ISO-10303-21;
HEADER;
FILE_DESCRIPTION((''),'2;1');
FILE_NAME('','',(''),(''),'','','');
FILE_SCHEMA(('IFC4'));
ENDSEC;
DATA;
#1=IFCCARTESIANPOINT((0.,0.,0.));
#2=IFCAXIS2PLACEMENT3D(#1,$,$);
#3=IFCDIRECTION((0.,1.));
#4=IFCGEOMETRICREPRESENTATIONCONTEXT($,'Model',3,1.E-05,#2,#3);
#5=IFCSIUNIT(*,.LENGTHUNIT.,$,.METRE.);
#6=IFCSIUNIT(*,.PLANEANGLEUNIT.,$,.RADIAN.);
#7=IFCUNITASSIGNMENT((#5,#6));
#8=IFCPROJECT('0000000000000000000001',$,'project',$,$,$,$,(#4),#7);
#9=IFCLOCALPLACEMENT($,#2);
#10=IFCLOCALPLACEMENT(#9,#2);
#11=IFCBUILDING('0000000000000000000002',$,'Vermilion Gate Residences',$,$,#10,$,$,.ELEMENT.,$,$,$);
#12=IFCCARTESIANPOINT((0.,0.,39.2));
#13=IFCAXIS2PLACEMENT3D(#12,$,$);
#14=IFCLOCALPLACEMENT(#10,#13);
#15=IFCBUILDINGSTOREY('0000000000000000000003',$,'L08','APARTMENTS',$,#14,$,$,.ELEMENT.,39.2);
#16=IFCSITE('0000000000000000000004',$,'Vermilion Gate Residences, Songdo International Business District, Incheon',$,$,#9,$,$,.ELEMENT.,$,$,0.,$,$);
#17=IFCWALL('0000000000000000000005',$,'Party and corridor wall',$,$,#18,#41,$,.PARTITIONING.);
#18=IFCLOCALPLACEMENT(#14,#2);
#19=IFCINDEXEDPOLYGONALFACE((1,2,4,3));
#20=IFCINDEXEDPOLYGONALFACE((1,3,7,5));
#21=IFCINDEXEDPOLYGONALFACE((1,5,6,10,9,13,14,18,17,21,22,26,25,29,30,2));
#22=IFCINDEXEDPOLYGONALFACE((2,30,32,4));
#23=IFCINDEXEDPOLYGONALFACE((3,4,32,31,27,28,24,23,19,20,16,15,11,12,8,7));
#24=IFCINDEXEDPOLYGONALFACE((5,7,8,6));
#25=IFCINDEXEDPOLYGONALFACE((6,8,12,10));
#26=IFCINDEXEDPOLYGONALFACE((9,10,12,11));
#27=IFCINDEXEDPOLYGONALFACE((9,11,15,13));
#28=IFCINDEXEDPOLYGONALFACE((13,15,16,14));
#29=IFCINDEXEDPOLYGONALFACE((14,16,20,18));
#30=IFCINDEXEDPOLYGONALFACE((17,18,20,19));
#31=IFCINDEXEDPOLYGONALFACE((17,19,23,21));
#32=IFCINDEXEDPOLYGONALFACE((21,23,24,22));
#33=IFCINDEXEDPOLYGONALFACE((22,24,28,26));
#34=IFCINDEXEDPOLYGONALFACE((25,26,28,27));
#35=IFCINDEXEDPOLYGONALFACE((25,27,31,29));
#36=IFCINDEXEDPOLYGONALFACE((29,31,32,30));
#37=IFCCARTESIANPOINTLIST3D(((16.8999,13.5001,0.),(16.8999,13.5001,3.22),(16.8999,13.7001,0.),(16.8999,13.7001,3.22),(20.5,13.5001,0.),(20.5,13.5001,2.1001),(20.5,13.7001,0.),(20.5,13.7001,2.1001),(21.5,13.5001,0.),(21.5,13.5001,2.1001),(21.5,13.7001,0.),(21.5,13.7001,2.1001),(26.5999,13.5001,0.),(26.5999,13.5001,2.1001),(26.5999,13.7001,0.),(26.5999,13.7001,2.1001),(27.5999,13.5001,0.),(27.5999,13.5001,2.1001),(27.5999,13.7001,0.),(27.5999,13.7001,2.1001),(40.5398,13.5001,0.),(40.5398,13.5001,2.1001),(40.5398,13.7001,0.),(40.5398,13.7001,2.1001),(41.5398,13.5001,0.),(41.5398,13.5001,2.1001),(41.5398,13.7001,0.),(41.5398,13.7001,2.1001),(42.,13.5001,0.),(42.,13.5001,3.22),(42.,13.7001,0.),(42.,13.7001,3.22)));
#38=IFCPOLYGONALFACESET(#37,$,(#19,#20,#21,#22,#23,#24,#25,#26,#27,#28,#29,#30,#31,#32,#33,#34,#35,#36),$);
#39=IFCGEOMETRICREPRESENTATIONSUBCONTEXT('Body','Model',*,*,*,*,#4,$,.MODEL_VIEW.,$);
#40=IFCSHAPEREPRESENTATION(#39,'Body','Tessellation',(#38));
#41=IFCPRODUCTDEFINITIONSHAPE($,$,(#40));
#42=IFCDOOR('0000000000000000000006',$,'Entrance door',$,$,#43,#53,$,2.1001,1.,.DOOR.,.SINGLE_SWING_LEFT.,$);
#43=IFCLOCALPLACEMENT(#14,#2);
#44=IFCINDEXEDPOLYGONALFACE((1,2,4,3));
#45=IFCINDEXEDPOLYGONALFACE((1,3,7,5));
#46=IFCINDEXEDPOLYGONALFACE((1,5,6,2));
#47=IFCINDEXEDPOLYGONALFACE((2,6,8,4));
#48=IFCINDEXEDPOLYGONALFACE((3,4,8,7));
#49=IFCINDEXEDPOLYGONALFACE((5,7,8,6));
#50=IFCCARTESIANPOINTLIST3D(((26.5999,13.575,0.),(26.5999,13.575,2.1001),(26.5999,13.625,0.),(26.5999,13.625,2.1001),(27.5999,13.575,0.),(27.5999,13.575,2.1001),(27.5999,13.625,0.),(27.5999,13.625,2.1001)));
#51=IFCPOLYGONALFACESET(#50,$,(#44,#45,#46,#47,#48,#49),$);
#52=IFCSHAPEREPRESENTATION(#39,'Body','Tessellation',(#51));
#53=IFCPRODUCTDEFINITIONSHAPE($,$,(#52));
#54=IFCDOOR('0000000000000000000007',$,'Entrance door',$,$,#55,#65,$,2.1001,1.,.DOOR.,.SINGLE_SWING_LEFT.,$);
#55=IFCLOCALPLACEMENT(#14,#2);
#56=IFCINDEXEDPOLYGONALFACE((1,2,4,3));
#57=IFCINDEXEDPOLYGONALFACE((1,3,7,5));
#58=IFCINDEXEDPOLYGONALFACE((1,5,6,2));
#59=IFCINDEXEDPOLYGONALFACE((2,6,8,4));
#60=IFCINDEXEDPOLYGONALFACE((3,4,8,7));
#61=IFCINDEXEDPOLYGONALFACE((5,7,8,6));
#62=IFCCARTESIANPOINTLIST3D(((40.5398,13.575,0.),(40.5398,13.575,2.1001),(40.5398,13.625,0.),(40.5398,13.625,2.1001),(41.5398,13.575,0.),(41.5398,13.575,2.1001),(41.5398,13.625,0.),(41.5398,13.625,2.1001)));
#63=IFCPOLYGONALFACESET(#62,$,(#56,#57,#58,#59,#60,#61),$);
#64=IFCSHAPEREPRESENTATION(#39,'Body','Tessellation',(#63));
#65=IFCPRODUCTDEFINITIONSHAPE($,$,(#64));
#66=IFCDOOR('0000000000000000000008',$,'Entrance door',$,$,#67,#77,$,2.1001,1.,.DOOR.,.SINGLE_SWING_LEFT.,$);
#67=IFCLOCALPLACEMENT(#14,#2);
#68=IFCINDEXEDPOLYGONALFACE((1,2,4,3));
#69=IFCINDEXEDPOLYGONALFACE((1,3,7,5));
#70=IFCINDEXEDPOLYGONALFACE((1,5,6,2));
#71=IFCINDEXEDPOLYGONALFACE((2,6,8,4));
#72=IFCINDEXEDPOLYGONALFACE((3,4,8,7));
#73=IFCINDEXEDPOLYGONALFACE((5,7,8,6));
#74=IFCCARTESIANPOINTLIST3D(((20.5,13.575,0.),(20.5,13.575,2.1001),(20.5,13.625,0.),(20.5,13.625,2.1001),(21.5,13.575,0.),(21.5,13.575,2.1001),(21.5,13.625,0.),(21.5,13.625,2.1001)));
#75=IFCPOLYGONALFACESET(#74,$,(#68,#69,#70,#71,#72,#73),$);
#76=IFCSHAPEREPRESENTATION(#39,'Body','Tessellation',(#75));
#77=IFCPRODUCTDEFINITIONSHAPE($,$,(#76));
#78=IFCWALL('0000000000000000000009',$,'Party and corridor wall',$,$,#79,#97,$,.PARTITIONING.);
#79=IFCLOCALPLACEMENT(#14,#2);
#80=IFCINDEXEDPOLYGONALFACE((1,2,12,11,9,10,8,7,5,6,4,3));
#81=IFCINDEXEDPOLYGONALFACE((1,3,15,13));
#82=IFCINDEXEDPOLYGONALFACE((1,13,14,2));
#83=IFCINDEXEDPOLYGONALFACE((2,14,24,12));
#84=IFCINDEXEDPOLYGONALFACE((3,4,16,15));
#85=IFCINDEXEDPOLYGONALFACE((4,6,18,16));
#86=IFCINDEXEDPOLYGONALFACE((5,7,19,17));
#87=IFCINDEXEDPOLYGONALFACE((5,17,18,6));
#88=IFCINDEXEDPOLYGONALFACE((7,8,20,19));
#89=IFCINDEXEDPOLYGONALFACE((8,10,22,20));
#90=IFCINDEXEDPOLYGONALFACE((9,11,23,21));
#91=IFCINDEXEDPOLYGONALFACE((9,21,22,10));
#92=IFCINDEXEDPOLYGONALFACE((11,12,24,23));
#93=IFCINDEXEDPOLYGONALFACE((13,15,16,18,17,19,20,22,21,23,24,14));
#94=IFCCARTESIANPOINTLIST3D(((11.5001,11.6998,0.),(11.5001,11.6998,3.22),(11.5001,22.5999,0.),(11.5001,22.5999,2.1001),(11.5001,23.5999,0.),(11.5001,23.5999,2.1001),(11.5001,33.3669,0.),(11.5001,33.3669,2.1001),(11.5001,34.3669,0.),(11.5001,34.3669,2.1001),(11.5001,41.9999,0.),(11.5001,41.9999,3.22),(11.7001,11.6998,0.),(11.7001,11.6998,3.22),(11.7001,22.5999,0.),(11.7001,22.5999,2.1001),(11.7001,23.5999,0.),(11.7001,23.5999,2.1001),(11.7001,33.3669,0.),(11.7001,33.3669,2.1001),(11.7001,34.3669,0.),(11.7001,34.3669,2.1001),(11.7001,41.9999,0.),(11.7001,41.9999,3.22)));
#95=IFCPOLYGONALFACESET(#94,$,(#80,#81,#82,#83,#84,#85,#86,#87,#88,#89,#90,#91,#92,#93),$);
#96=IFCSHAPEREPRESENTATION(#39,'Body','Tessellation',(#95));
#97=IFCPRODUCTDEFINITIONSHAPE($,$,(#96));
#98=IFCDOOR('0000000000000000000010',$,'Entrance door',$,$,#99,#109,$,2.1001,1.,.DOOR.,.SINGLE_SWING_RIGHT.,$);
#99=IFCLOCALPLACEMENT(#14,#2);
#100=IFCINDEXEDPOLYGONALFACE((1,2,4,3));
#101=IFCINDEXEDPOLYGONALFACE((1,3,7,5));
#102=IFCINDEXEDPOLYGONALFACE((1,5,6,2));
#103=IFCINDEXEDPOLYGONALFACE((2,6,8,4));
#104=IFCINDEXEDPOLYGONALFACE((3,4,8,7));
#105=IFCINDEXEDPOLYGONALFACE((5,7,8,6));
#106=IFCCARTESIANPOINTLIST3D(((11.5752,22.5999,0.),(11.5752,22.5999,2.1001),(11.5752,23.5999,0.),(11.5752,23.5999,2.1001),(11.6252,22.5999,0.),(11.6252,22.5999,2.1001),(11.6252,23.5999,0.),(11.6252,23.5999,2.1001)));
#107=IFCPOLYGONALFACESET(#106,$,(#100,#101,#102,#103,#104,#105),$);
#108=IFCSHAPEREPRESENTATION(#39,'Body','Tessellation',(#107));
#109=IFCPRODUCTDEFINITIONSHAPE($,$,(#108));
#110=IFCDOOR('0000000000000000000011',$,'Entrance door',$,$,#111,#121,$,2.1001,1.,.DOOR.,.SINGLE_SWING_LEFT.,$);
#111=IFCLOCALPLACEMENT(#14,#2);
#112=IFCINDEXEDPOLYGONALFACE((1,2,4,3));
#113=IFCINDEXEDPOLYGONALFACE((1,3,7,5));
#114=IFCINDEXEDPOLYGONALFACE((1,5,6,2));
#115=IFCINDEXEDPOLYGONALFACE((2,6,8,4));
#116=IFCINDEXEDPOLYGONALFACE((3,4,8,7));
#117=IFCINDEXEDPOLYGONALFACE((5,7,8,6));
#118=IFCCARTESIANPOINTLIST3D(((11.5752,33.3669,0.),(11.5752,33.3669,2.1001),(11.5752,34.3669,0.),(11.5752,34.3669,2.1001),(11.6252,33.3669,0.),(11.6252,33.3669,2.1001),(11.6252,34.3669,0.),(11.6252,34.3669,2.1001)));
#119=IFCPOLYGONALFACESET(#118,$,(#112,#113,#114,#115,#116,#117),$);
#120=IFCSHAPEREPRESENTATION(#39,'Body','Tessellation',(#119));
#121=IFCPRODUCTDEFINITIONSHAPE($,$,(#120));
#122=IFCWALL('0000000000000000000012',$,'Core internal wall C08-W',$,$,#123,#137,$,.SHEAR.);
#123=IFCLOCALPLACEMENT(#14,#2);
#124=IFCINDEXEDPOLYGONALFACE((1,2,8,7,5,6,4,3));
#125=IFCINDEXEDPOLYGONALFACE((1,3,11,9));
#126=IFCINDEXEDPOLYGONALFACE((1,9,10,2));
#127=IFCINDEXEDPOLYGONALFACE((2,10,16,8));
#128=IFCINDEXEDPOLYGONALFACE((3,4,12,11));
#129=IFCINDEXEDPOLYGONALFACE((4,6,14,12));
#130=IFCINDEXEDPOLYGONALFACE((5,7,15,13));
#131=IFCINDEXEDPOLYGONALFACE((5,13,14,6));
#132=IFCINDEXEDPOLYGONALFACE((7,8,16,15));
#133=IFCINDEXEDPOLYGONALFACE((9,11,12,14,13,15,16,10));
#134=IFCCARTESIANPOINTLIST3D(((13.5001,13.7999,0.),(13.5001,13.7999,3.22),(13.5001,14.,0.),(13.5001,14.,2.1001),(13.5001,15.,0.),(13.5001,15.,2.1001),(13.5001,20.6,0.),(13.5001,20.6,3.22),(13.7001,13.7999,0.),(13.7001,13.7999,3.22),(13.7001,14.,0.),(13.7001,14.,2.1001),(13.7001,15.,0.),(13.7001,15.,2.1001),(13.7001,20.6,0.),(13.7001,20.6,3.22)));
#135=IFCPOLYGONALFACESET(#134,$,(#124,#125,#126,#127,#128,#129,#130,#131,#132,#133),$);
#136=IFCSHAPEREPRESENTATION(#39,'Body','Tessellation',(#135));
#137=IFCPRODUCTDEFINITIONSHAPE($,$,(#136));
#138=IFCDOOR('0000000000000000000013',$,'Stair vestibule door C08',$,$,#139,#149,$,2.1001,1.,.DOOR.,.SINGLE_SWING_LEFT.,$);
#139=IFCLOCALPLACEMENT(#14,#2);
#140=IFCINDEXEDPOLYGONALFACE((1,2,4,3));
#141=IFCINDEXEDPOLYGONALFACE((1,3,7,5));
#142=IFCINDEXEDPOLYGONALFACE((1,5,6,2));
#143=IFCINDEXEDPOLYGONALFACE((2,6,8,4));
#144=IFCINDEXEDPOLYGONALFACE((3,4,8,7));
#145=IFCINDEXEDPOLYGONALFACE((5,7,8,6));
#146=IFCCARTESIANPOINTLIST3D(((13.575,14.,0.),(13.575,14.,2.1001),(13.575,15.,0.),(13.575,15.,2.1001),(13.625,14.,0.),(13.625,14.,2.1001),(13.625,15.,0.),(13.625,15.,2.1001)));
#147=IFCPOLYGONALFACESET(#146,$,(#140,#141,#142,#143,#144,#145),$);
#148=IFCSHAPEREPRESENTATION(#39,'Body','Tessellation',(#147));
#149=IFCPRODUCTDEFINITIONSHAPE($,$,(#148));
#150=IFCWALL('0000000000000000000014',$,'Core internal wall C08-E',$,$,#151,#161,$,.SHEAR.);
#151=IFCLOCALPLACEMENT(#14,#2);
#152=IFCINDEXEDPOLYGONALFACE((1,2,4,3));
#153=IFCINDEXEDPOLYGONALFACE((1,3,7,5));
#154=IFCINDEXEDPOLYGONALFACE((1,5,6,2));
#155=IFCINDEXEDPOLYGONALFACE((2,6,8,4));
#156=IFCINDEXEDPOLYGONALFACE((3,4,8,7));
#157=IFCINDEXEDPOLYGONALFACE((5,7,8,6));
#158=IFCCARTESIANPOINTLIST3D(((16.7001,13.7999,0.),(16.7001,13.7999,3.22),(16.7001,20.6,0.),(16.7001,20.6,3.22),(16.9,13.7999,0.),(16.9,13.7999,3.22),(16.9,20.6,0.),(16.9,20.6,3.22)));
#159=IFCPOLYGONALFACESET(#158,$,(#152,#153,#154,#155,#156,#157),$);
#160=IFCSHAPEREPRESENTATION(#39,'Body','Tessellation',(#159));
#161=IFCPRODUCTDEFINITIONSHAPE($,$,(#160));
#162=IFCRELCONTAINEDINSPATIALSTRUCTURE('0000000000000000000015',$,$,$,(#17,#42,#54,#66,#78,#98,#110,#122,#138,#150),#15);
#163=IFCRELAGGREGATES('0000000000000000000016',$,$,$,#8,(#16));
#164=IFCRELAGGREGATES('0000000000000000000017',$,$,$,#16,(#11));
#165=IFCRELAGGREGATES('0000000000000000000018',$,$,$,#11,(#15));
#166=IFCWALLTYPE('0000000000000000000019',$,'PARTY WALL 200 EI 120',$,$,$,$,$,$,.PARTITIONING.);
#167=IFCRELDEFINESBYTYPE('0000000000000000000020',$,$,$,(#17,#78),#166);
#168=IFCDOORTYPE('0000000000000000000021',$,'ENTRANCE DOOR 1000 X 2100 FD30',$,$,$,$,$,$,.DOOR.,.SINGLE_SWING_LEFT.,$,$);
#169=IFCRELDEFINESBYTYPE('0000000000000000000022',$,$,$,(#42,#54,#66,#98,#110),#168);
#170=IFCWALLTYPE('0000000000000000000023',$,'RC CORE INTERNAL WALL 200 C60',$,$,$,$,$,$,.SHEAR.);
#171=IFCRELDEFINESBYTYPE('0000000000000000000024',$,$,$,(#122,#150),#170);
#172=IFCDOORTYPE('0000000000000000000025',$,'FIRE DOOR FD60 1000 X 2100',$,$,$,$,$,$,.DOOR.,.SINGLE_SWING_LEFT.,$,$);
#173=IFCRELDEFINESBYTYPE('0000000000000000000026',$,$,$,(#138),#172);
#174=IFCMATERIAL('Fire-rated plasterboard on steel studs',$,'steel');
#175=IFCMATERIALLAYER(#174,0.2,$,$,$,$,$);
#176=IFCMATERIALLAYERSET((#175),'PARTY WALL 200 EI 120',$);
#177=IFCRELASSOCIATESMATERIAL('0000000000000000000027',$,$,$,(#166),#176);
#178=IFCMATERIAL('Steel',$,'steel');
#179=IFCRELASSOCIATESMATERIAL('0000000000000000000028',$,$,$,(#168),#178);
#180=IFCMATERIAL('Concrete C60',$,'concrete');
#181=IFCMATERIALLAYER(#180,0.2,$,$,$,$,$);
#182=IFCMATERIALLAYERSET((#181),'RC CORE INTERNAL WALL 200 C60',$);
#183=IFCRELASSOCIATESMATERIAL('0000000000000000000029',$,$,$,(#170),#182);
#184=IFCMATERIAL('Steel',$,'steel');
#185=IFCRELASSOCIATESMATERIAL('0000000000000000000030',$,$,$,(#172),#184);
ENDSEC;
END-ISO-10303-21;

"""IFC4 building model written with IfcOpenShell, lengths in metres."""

from ifc_helpers import new_model, si_unit, direction, frame, frame_2d, origin, place, context, subcontext, project, spatial, rectangle, extrude, material, layer, layer_set, type_object, element, fill, save


model = new_model("IFC4")

# Units and contexts
model_context = context("Model", 3, precision=1e-05, world=origin(), true_north=direction((0.0, 1.0)))
body_context = subcontext(model_context, "Body", "Model", "MODEL_VIEW")
ifc_project = project(units=[si_unit("LENGTHUNIT", "METRE"), si_unit("PLANEANGLEUNIT", "RADIAN")], contexts=[model_context])

# Site, building, storey
site_placement = place(None, origin())
site = spatial("IfcSite", under=ifc_project, at=site_placement, Name="Vermilion Gate Residences, Songdo International Business District, Incheon", CompositionType="ELEMENT", RefElevation=0.0)
building_placement = place(site_placement, origin())
building = spatial("IfcBuilding", under=site, at=building_placement, Name="Vermilion Gate Residences", CompositionType="ELEMENT")
storey_placement = place(building_placement, frame((0.0, 0.0, 39.2)))
storey = spatial("IfcBuildingStorey", under=building, at=storey_placement, Name="L08", Description="APARTMENTS", CompositionType="ELEMENT", Elevation=39.2)

# Walls, openings, doors
ifc_material_1 = material(Name="Fire-rated plasterboard on steel studs", Category="steel")
ifc_layer_1 = layer(ifc_material_1, 0.2)
ifc_layer_set_1 = layer_set([ifc_layer_1], Name="PARTY WALL 200 EI 120")
wall_type_1 = type_object("IfcWallType", Name="PARTY WALL 200 EI 120", PredefinedType="PARTITIONING", material=ifc_layer_set_1)
wall_1_placement = place(storey_placement, frame((16.8999, 13.6001, 0.0), z_axis=(0.0, 0.0, 1.0), x_axis=(1.0, 0.0, 0.0)))
wall_1 = element("IfcWall", 1, at=wall_1_placement, inside=storey, type_object=wall_type_1, Name="Party and corridor wall", PredefinedType="PARTITIONING", context=body_context, shape_type="SweptSolid", body=[
    extrude(rectangle(XDim=25.1001, YDim=0.2, at=frame_2d((12.55, 0.0))), origin(), (0.0, 0.0, 1.0), 3.22),
])
opening_1_placement = place(wall_1_placement, frame((9.7, 0.0, 0.0)))
opening_1 = element("IfcOpeningElement", 2, at=opening_1_placement, cuts=wall_1, PredefinedType="OPENING", context=body_context, shape_type="SweptSolid", body=[
    extrude(rectangle(XDim=1.0, YDim=2.1001, at=frame_2d((0.5, 1.05))), frame((0.0, 0.1099, 0.0), z_axis=(0.0, -1.0, 0.0), x_axis=(1.0, 0.0, 0.0)), (0.0, 0.0, 1.0), 0.22),
])
opening_2_placement = place(wall_1_placement, frame((23.6399, 0.0, 0.0)))
opening_2 = element("IfcOpeningElement", 3, at=opening_2_placement, cuts=wall_1, PredefinedType="OPENING", context=body_context, shape_type="SweptSolid", body=[
    extrude(rectangle(XDim=1.0, YDim=2.1001, at=frame_2d((0.5, 1.05))), frame((0.0, 0.1099, 0.0), z_axis=(0.0, -1.0, 0.0), x_axis=(1.0, 0.0, 0.0)), (0.0, 0.0, 1.0), 0.22),
])
opening_3_placement = place(wall_1_placement, frame((3.6001, 0.0, 0.0)))
opening_3 = element("IfcOpeningElement", 4, at=opening_3_placement, cuts=wall_1, PredefinedType="OPENING", context=body_context, shape_type="SweptSolid", body=[
    extrude(rectangle(XDim=1.0, YDim=2.1001, at=frame_2d((0.5, 1.05))), frame((0.0, 0.1099, 0.0), z_axis=(0.0, -1.0, 0.0), x_axis=(1.0, 0.0, 0.0)), (0.0, 0.0, 1.0), 0.22),
])
ifc_material_2 = material(Name="Steel", Category="steel")
door_type_1 = type_object("IfcDoorType", Name="ENTRANCE DOOR 1000 X 2100 FD30", OperationType="SINGLE_SWING_LEFT", PredefinedType="DOOR", material=ifc_material_2)
door_1_placement = place(opening_1_placement, origin())
door_1 = element("IfcDoor", 5, at=door_1_placement, inside=storey, type_object=door_type_1, Name="Entrance door", OperationType="SINGLE_SWING_LEFT", OverallHeight=2.1001, OverallWidth=1.0, PredefinedType="DOOR", context=body_context, shape_type="SweptSolid", body=[
    extrude(rectangle(XDim=1.0, YDim=2.1001, at=frame_2d((0.5, 1.05))), frame((0.0, 0.0249, 0.0), z_axis=(0.0, -1.0, 0.0), x_axis=(1.0, 0.0, 0.0)), (0.0, 0.0, 1.0), 0.05),
])
fill(opening_1, door_1)
door_2_placement = place(opening_2_placement, origin())
door_2 = element("IfcDoor", 6, at=door_2_placement, inside=storey, type_object=door_type_1, Name="Entrance door", OperationType="SINGLE_SWING_LEFT", OverallHeight=2.1001, OverallWidth=1.0, PredefinedType="DOOR", context=body_context, shape_type="SweptSolid", body=[
    extrude(rectangle(XDim=1.0, YDim=2.1001, at=frame_2d((0.5, 1.05))), frame((0.0, 0.0249, 0.0), z_axis=(0.0, -1.0, 0.0), x_axis=(1.0, 0.0, 0.0)), (0.0, 0.0, 1.0), 0.05),
])
fill(opening_2, door_2)
door_3_placement = place(opening_3_placement, origin())
door_3 = element("IfcDoor", 7, at=door_3_placement, inside=storey, type_object=door_type_1, Name="Entrance door", OperationType="SINGLE_SWING_LEFT", OverallHeight=2.1001, OverallWidth=1.0, PredefinedType="DOOR", context=body_context, shape_type="SweptSolid", body=[
    extrude(rectangle(XDim=1.0, YDim=2.1001, at=frame_2d((0.5, 1.05))), frame((0.0, 0.0249, 0.0), z_axis=(0.0, -1.0, 0.0), x_axis=(1.0, 0.0, 0.0)), (0.0, 0.0, 1.0), 0.05),
])
fill(opening_3, door_3)
wall_2_placement = place(storey_placement, frame((11.6001, 11.7, 0.0), z_axis=(0.0, 0.0, 1.0), x_axis=(0.0, 1.0, 0.0)))
wall_2 = element("IfcWall", 8, at=wall_2_placement, inside=storey, type_object=wall_type_1, Name="Party and corridor wall", PredefinedType="PARTITIONING", context=body_context, shape_type="SweptSolid", body=[
    extrude(rectangle(XDim=30.3, YDim=0.2, at=frame_2d((15.1499, 0.0))), origin(), (0.0, 0.0, 1.0), 3.22),
])
opening_4_placement = place(wall_2_placement, frame((10.8999, 0.0, 0.0)))
opening_4 = element("IfcOpeningElement", 9, at=opening_4_placement, cuts=wall_2, PredefinedType="OPENING", context=body_context, shape_type="SweptSolid", body=[
    extrude(rectangle(XDim=1.0, YDim=2.1001, at=frame_2d((0.5, 1.05))), frame((0.0, 0.1099, 0.0), z_axis=(0.0, -1.0, 0.0), x_axis=(1.0, 0.0, 0.0)), (0.0, 0.0, 1.0), 0.22),
])
opening_5_placement = place(wall_2_placement, frame((21.667, 0.0, 0.0)))
opening_5 = element("IfcOpeningElement", 10, at=opening_5_placement, cuts=wall_2, PredefinedType="OPENING", context=body_context, shape_type="SweptSolid", body=[
    extrude(rectangle(XDim=1.0, YDim=2.1001, at=frame_2d((0.5, 1.05))), frame((0.0, 0.1099, 0.0), z_axis=(0.0, -1.0, 0.0), x_axis=(1.0, 0.0, 0.0)), (0.0, 0.0, 1.0), 0.22),
])
door_4_placement = place(opening_4_placement, origin())
door_4 = element("IfcDoor", 11, at=door_4_placement, inside=storey, type_object=door_type_1, Name="Entrance door", OperationType="SINGLE_SWING_RIGHT", OverallHeight=2.1001, OverallWidth=1.0, PredefinedType="DOOR", context=body_context, shape_type="SweptSolid", body=[
    extrude(rectangle(XDim=1.0, YDim=2.1001, at=frame_2d((0.5, 1.05))), frame((0.0, 0.0249, 0.0), z_axis=(0.0, -1.0, 0.0), x_axis=(1.0, 0.0, 0.0)), (0.0, 0.0, 1.0), 0.05),
])
fill(opening_4, door_4)
door_5_placement = place(opening_5_placement, origin())
door_5 = element("IfcDoor", 12, at=door_5_placement, inside=storey, type_object=door_type_1, Name="Entrance door", OperationType="SINGLE_SWING_LEFT", OverallHeight=2.1001, OverallWidth=1.0, PredefinedType="DOOR", context=body_context, shape_type="SweptSolid", body=[
    extrude(rectangle(XDim=1.0, YDim=2.1001, at=frame_2d((0.5, 1.05))), frame((0.0, 0.0249, 0.0), z_axis=(0.0, -1.0, 0.0), x_axis=(1.0, 0.0, 0.0)), (0.0, 0.0, 1.0), 0.05),
])
fill(opening_5, door_5)

# Wall, opening, door
ifc_material_3 = material(Name="Concrete C60", Category="concrete")
ifc_layer_2 = layer(ifc_material_3, 0.2)
ifc_layer_set_2 = layer_set([ifc_layer_2], Name="RC CORE INTERNAL WALL 200 C60")
wall_type_2 = type_object("IfcWallType", Name="RC CORE INTERNAL WALL 200 C60", PredefinedType="SHEAR", material=ifc_layer_set_2)
wall_3_placement = place(storey_placement, frame((13.6001, 13.8, 0.0), z_axis=(0.0, 0.0, 1.0), x_axis=(0.0, 1.0, 0.0)))
wall_3 = element("IfcWall", 13, at=wall_3_placement, inside=storey, type_object=wall_type_2, Name="Core internal wall C08-W", PredefinedType="SHEAR", context=body_context, shape_type="SweptSolid", body=[
    extrude(rectangle(XDim=6.8, YDim=0.2, at=frame_2d((3.3999, 0.0))), origin(), (0.0, 0.0, 1.0), 3.22),
])
opening_6_placement = place(wall_3_placement, frame((0.2, 0.0, 0.0)))
opening_6 = element("IfcOpeningElement", 14, at=opening_6_placement, cuts=wall_3, PredefinedType="OPENING", context=body_context, shape_type="SweptSolid", body=[
    extrude(rectangle(XDim=1.0, YDim=2.1001, at=frame_2d((0.5, 1.05))), frame((0.0, 0.1099, 0.0), z_axis=(0.0, -1.0, 0.0), x_axis=(1.0, 0.0, 0.0)), (0.0, 0.0, 1.0), 0.22),
])
ifc_material_4 = material(Name="Steel", Category="steel")
door_type_2 = type_object("IfcDoorType", Name="FIRE DOOR FD60 1000 X 2100", OperationType="SINGLE_SWING_LEFT", PredefinedType="DOOR", material=ifc_material_4)
door_6_placement = place(opening_6_placement, frame((1.0, 0.0, 0.0), z_axis=(0.0, 0.0, 1.0), x_axis=(-1.0, 0.0, 0.0)))
door_6 = element("IfcDoor", 15, at=door_6_placement, inside=storey, type_object=door_type_2, Name="Stair vestibule door C08", OperationType="SINGLE_SWING_LEFT", OverallHeight=2.1001, OverallWidth=1.0, PredefinedType="DOOR", context=body_context, shape_type="SweptSolid", body=[
    extrude(rectangle(XDim=1.0, YDim=2.1001, at=frame_2d((0.5, 1.05))), frame((0.0, 0.0249, 0.0), z_axis=(0.0, -1.0, 0.0), x_axis=(1.0, 0.0, 0.0)), (0.0, 0.0, 1.0), 0.05),
])
fill(opening_6, door_6)

# Wall
wall_4_placement = place(storey_placement, frame((16.8, 13.8, 0.0), z_axis=(0.0, 0.0, 1.0), x_axis=(0.0, 1.0, 0.0)))
element("IfcWall", 16, at=wall_4_placement, inside=storey, type_object=wall_type_2, Name="Core internal wall C08-E", PredefinedType="SHEAR", context=body_context, shape_type="SweptSolid", body=[
    extrude(rectangle(XDim=6.8, YDim=0.2, at=frame_2d((3.3999, 0.0))), origin(), (0.0, 0.0, 1.0), 3.22),
])

save(model, "model.ifc")
